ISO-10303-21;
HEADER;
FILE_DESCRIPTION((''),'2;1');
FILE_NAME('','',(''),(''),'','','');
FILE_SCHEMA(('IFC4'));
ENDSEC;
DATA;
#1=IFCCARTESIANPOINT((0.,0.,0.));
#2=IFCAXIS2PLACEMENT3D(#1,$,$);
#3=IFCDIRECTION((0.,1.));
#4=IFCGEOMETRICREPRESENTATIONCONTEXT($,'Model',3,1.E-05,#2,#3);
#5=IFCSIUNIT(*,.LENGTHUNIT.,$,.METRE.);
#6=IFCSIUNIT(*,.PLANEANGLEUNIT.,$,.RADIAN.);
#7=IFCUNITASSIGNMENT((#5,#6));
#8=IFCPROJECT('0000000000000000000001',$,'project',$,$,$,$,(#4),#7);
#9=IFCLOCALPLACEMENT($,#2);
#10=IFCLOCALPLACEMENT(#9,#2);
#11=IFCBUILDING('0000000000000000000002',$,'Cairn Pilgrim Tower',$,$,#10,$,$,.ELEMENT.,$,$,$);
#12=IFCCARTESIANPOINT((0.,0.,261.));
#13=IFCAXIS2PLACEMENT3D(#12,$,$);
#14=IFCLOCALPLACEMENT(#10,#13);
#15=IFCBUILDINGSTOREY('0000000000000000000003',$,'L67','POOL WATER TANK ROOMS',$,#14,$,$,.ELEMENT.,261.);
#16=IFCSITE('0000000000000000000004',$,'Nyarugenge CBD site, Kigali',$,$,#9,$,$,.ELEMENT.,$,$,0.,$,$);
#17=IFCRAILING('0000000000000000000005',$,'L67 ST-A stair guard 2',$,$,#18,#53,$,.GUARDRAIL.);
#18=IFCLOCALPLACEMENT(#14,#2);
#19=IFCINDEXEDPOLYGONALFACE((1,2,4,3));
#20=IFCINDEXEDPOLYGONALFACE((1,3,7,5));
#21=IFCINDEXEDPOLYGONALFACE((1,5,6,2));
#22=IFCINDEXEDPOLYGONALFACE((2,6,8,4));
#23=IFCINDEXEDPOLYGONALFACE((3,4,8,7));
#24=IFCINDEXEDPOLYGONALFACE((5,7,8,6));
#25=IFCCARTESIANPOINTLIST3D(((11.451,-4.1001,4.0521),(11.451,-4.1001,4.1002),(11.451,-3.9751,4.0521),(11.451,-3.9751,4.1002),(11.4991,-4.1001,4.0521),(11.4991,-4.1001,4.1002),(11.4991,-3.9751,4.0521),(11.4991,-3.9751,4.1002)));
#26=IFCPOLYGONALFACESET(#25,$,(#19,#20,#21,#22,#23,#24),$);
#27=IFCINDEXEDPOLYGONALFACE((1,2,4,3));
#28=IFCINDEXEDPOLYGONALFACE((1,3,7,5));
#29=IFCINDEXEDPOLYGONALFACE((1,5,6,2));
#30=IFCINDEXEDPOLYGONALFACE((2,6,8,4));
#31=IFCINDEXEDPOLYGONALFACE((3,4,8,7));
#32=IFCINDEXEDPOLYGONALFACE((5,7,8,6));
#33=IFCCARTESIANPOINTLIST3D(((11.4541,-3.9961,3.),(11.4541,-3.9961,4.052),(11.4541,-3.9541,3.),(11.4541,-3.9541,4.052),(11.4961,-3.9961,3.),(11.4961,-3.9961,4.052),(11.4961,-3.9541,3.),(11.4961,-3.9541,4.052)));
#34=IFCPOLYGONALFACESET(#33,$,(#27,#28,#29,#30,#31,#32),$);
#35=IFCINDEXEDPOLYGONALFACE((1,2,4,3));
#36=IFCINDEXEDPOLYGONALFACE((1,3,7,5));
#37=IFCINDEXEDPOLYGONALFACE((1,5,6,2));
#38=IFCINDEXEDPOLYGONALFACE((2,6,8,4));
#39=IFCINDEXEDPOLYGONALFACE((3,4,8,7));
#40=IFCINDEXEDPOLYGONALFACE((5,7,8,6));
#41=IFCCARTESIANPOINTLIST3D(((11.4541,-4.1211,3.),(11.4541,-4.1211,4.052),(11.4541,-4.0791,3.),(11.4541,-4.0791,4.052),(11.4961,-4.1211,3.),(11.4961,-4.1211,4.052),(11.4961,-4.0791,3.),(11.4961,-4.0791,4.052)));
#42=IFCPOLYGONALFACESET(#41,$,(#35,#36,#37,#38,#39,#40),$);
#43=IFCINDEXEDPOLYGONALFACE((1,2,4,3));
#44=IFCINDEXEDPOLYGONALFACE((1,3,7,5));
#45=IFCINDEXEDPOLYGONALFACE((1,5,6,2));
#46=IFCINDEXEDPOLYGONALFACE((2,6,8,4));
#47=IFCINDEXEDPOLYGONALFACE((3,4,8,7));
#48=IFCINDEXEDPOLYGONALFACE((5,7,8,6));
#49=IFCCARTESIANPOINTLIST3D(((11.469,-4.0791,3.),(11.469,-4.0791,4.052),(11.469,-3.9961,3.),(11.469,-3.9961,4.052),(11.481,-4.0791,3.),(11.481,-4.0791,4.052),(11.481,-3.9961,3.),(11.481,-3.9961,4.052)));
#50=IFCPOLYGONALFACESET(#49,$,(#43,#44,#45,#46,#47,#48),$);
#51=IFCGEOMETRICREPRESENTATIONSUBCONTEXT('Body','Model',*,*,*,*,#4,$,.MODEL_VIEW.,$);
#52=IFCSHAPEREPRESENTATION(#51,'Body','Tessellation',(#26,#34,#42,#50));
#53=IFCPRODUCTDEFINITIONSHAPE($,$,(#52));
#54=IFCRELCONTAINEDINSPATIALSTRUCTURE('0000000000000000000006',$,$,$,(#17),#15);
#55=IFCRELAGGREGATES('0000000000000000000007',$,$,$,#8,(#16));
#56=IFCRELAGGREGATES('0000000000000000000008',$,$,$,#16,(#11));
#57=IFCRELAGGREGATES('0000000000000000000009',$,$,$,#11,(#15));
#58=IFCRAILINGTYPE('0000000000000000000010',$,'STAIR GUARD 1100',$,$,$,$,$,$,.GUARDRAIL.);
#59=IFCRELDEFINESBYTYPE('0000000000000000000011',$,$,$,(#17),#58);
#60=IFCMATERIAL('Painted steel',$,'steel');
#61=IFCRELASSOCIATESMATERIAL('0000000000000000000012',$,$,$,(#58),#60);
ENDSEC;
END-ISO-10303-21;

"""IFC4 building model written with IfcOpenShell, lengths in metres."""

from ifc_helpers import new_model, si_unit, direction, frame, origin, origin_2d, place, context, subcontext, project, spatial, polyline, rectangle, outline, extrude, material, type_object, element, save


model = new_model("IFC4")

# Units and contexts
model_context = context("Model", 3, precision=1e-05, world=origin(), true_north=direction((0.0, 1.0)))
body_context = subcontext(model_context, "Body", "Model", "MODEL_VIEW")
ifc_project = project(units=[si_unit("LENGTHUNIT", "METRE"), si_unit("PLANEANGLEUNIT", "RADIAN")], contexts=[model_context])

# Site, building, storey
site_placement = place(None, origin())
site = spatial("IfcSite", under=ifc_project, at=site_placement, Name="Nyarugenge CBD site, Kigali", CompositionType="ELEMENT", RefElevation=0.0)
building_placement = place(site_placement, origin())
building = spatial("IfcBuilding", under=site, at=building_placement, Name="Cairn Pilgrim Tower", CompositionType="ELEMENT")
storey_placement = place(building_placement, frame((0.0, 0.0, 261.0)))
storey = spatial("IfcBuildingStorey", under=building, at=storey_placement, Name="L67", Description="POOL WATER TANK ROOMS", CompositionType="ELEMENT", Elevation=261.0)

# Shared definitions
ifc_material_1 = material(Name="Painted steel", Category="steel")

# Railing
railing_type_1 = type_object("IfcRailingType", Name="STAIR GUARD 1100", PredefinedType="GUARDRAIL", material=ifc_material_1)
railing_1_placement = place(storey_placement, frame((11.4751, -3.9751, 3.0)))
element("IfcRailing", 1, at=railing_1_placement, inside=storey, type_object=railing_type_1, Name="L67 ST-A stair guard 2", PredefinedType="GUARDRAIL", context=body_context, shape_type="SweptSolid", body=[
    extrude(rectangle(XDim=0.0481, YDim=0.0481, at=origin_2d()), frame((0.0, 0.0, 1.0762), z_axis=(0.0, -1.0, 0.0), x_axis=(1.0, 0.0, 0.0)), (0.0, 0.0, 1.0), 0.125),
    extrude(rectangle(XDim=0.042, YDim=0.042, at=origin_2d()), origin(), (0.0, 0.0, 1.0), 1.052),
    extrude(rectangle(XDim=0.042, YDim=0.042, at=origin_2d()), frame((0.0, -0.125, 0.0)), (0.0, 0.0, 1.0), 1.052),
    extrude(outline(polyline([(0.021, 0.0), (0.104, 0.0), (0.104, 1.052), (0.021, 1.052), (0.021, 0.0)])), frame((0.0059, 0.0, 0.0), z_axis=(-1.0, 0.0, 0.0), x_axis=(0.0, -1.0, 0.0)), (0.0, 0.0, 1.0), 0.012),
])

save(model, "model.ifc")
